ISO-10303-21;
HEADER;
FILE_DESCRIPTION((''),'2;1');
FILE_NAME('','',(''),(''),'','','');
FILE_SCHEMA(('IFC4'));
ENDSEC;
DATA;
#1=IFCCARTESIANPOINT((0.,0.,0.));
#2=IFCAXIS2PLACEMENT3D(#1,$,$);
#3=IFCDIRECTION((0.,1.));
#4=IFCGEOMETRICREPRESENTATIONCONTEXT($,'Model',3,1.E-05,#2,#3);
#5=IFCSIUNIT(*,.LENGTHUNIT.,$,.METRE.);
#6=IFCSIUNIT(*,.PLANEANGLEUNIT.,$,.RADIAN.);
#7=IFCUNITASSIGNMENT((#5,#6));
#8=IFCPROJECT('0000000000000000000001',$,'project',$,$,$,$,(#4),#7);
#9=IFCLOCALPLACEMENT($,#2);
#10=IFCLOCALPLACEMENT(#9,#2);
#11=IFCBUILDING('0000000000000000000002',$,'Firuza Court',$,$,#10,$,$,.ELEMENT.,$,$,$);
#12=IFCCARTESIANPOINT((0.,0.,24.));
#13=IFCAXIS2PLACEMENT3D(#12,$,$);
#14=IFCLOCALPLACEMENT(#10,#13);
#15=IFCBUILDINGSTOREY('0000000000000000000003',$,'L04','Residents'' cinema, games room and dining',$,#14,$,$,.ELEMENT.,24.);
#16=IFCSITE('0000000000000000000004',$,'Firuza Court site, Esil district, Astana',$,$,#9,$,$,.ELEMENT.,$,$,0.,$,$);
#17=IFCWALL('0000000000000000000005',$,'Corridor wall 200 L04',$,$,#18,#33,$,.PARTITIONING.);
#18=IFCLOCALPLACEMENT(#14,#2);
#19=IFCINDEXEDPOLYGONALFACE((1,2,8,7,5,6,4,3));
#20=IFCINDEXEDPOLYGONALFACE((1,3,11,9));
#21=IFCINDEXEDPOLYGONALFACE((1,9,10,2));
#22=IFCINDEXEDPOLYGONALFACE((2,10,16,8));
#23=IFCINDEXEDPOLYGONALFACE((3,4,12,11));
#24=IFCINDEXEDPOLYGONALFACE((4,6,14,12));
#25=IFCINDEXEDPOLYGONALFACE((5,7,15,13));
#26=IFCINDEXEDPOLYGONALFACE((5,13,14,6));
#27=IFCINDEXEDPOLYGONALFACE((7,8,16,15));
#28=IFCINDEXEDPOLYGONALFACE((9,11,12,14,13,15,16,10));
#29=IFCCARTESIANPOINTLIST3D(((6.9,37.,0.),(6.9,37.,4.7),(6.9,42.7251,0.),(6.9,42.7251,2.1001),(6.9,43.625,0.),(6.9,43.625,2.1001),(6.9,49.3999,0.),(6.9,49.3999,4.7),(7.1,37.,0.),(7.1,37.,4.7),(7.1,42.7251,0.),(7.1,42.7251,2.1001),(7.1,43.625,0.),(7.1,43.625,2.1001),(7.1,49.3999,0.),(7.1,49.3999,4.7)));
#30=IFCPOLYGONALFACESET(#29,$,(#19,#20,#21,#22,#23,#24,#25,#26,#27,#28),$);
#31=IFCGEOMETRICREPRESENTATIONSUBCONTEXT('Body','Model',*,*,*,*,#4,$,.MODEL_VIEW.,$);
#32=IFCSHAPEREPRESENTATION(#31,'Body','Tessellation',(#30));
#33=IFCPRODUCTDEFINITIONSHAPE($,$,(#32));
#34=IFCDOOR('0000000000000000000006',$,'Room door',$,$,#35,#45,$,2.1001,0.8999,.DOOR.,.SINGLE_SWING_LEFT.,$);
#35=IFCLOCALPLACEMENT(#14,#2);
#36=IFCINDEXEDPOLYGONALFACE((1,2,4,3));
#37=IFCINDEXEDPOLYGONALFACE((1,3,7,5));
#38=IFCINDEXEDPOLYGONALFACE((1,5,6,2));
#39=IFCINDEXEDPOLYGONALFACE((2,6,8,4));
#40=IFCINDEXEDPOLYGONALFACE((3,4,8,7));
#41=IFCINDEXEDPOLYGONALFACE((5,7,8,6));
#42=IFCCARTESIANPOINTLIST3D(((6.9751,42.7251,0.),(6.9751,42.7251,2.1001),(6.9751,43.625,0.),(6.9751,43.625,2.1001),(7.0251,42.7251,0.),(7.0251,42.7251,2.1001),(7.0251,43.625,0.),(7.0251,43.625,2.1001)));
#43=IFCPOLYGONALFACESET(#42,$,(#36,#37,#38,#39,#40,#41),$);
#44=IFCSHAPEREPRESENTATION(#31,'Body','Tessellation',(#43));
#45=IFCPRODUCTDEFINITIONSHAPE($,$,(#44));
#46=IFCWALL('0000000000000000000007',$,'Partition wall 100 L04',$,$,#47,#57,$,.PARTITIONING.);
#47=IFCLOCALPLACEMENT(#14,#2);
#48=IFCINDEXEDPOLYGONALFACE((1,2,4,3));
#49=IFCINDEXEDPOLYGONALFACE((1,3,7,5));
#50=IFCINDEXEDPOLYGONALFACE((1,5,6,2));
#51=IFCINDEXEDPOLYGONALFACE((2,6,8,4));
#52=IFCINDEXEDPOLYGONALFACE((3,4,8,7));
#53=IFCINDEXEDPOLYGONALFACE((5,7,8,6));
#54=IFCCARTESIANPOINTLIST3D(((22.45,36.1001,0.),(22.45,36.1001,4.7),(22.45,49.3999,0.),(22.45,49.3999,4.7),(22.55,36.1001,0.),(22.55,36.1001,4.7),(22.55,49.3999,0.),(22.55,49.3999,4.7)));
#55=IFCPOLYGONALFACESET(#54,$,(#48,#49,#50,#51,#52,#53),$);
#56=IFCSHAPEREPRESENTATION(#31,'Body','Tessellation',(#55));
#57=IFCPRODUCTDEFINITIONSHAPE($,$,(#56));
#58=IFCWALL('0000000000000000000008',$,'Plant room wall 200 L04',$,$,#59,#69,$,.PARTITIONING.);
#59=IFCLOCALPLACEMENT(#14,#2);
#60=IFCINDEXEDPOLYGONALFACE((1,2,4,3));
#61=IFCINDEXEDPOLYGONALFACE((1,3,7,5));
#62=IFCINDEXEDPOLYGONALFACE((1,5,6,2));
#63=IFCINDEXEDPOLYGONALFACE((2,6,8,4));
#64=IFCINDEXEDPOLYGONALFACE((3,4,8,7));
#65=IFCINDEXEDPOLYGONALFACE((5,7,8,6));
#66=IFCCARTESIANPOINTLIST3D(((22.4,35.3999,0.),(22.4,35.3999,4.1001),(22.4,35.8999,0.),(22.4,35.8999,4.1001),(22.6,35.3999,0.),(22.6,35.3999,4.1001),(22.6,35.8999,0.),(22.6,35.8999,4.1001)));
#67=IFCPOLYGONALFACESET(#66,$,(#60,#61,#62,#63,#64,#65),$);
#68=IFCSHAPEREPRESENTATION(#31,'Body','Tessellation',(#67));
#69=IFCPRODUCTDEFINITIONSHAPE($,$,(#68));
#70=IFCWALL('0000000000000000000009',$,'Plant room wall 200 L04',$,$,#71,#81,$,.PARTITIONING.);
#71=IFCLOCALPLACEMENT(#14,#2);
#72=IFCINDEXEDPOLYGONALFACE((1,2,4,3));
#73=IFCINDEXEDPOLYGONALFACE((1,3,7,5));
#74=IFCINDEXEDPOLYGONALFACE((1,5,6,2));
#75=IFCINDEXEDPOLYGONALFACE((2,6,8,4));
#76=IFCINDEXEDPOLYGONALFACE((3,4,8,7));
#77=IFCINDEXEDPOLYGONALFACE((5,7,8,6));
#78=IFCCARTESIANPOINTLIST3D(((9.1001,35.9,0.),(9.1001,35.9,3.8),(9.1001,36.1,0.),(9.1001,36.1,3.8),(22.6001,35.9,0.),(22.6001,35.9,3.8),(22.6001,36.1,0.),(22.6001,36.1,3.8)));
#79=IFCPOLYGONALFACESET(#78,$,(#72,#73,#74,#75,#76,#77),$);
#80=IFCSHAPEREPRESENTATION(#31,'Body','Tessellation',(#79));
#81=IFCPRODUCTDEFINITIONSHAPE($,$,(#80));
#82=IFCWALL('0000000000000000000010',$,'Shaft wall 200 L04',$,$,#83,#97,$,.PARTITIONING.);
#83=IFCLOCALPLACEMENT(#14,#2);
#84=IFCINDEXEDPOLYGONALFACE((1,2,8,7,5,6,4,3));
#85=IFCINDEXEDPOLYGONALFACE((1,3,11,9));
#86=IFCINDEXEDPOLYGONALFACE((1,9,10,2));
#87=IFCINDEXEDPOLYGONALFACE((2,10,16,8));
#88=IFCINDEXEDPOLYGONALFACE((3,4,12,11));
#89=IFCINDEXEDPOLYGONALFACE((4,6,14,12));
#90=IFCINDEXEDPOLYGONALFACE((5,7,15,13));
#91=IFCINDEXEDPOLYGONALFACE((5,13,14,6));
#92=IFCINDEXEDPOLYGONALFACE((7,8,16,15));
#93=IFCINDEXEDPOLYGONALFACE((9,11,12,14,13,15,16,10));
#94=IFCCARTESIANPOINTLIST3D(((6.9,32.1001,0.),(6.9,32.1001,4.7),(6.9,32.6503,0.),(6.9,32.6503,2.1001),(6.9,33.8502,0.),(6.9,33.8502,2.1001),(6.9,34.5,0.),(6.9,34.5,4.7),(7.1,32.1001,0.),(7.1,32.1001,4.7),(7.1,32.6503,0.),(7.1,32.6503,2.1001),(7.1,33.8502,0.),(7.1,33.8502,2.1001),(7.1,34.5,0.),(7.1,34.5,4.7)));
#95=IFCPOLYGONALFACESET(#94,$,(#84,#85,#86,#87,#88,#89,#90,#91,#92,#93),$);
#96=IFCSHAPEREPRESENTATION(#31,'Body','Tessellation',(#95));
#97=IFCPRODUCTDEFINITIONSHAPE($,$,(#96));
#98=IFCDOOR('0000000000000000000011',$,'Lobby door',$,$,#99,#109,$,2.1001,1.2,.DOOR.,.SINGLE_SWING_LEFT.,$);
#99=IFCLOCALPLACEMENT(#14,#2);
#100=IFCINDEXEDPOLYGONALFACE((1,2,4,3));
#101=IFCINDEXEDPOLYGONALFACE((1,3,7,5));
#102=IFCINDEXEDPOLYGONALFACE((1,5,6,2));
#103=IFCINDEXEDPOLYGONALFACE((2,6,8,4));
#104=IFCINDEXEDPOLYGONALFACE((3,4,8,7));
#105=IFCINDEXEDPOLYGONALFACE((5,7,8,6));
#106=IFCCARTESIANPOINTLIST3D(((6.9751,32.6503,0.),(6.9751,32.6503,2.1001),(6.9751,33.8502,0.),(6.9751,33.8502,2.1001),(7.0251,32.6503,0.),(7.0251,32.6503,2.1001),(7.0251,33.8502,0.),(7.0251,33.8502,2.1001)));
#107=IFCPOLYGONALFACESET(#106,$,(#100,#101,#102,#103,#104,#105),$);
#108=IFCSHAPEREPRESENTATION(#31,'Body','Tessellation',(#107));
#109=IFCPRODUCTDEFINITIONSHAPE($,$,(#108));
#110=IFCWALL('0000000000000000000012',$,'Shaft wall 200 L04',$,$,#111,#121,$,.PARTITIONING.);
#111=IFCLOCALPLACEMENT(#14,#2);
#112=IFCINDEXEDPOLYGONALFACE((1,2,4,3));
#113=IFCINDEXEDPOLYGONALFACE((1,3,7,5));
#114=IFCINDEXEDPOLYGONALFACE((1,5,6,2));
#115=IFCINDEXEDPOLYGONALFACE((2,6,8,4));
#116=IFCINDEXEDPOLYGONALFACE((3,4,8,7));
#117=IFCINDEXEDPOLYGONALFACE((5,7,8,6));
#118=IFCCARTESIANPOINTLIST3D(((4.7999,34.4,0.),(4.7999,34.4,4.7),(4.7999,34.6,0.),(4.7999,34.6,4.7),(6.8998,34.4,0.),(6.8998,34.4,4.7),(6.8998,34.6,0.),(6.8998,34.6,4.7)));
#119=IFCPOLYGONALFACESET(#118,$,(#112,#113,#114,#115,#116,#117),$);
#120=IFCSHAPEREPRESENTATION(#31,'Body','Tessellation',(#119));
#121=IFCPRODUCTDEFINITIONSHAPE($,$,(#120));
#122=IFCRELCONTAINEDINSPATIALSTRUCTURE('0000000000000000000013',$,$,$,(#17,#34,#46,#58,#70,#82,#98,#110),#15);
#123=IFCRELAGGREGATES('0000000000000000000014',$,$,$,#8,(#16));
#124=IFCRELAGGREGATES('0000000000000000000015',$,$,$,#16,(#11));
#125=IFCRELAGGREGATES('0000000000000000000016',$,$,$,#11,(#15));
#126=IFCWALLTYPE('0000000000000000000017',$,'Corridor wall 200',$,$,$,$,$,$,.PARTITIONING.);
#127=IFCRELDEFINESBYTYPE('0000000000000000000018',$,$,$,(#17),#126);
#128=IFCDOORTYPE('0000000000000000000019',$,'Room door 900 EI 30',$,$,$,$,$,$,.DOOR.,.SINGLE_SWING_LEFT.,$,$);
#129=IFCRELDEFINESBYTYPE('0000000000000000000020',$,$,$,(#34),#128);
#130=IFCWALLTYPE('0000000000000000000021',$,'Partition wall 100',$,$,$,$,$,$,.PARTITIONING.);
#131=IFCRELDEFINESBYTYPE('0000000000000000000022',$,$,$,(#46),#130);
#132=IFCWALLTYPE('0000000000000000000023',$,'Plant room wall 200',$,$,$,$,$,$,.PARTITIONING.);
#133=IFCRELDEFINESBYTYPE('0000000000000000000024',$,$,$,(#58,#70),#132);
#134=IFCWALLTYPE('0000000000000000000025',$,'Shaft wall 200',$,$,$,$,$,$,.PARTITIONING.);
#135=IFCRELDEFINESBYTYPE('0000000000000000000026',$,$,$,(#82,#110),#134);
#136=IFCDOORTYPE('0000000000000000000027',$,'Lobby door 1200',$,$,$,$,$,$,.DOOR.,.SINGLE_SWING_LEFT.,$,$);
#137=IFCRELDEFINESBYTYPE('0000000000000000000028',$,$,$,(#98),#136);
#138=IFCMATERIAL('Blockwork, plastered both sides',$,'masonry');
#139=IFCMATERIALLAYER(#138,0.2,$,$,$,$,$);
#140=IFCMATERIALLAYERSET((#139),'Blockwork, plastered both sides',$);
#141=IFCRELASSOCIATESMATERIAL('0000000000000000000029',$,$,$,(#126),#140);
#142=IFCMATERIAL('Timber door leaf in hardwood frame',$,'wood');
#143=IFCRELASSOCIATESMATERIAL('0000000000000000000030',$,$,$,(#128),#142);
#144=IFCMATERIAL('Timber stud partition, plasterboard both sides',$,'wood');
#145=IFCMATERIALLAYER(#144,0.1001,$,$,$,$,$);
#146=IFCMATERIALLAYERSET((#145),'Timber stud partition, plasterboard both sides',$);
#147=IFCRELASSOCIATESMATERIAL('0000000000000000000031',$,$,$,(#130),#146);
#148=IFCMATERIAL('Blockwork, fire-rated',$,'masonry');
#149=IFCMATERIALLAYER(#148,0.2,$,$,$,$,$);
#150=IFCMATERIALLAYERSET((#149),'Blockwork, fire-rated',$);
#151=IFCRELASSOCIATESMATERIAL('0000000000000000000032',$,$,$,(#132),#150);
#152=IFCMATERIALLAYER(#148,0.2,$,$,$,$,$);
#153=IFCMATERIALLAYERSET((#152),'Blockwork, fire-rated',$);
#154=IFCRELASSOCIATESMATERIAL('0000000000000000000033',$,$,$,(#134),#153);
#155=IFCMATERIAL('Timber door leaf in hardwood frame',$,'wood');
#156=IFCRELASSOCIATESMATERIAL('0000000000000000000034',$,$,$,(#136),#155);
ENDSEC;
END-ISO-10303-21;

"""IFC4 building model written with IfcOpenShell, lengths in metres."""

from ifc_helpers import new_model, si_unit, direction, frame, frame_2d, origin, place, context, subcontext, project, spatial, rectangle, extrude, material, layer, layer_set, type_object, element, fill, save


model = new_model("IFC4")

# Units and contexts
model_context = context("Model", 3, precision=1e-05, world=origin(), true_north=direction((0.0, 1.0)))
body_context = subcontext(model_context, "Body", "Model", "MODEL_VIEW")
ifc_project = project(units=[si_unit("LENGTHUNIT", "METRE"), si_unit("PLANEANGLEUNIT", "RADIAN")], contexts=[model_context])

# Site, building, storey
site_placement = place(None, origin())
site = spatial("IfcSite", under=ifc_project, at=site_placement, Name="Firuza Court site, Esil district, Astana", CompositionType="ELEMENT", RefElevation=0.0)
building_placement = place(site_placement, origin())
building = spatial("IfcBuilding", under=site, at=building_placement, Name="Firuza Court", CompositionType="ELEMENT")
storey_placement = place(building_placement, frame((0.0, 0.0, 24.0)))
storey = spatial("IfcBuildingStorey", under=building, at=storey_placement, Name="L04", Description="Residents' cinema, games room and dining", CompositionType="ELEMENT", Elevation=24.0)

# Shared definitions
ifc_material_1 = material(Name="Blockwork, plastered both sides", Category="masonry")
ifc_layer_1 = layer(ifc_material_1, 0.2)
ifc_layer_set_1 = layer_set([ifc_layer_1], Name="Blockwork, plastered both sides")
wall_type_1 = type_object("IfcWallType", Name="Corridor wall 200", PredefinedType="PARTITIONING", material=ifc_layer_set_1)

# Wall, opening, door
wall_1_placement = place(storey_placement, frame((7.0, 49.3999, 0.0), z_axis=(0.0, 0.0, 1.0), x_axis=(0.0, -1.0, 0.0)))
wall_1 = element("IfcWall", 1, at=wall_1_placement, inside=storey, type_object=wall_type_1, Name="Corridor wall 200 L04", PredefinedType="PARTITIONING", context=body_context, shape_type="SweptSolid", body=[
    extrude(rectangle(XDim=12.3999, YDim=0.2, at=frame_2d((6.2, 0.0))), origin(), (0.0, 0.0, 1.0), 4.7),
])
opening_1_placement = place(wall_1_placement, frame((5.7749, 0.0, 0.0)))
opening_1 = element("IfcOpeningElement", 2, at=opening_1_placement, cuts=wall_1, PredefinedType="OPENING", context=body_context, shape_type="SweptSolid", body=[
    extrude(rectangle(XDim=0.8999, YDim=2.1001, at=frame_2d((0.45, 1.05))), frame((0.0, 0.1118, 0.0), z_axis=(0.0, -1.0, 0.0), x_axis=(1.0, 0.0, 0.0)), (0.0, 0.0, 1.0), 0.2239),
])
ifc_material_2 = material(Name="Timber door leaf in hardwood frame", Category="wood")
door_type_1 = type_object("IfcDoorType", Name="Room door 900 EI 30", OperationType="SINGLE_SWING_LEFT", PredefinedType="DOOR", material=ifc_material_2)
door_1_placement = place(opening_1_placement, frame((0.8999, 0.0, 0.0), z_axis=(0.0, 0.0, 1.0), x_axis=(-1.0, 0.0, 0.0)))
door_1 = element("IfcDoor", 3, at=door_1_placement, inside=storey, type_object=door_type_1, Name="Room door", OperationType="SINGLE_SWING_LEFT", OverallHeight=2.1001, OverallWidth=0.8999, PredefinedType="DOOR", context=body_context, shape_type="SweptSolid", body=[
    extrude(rectangle(XDim=0.8999, YDim=2.1001, at=frame_2d((0.45, 1.05))), frame((0.0, 0.0249, 0.0), z_axis=(0.0, -1.0, 0.0), x_axis=(1.0, 0.0, 0.0)), (0.0, 0.0, 1.0), 0.05),
])
fill(opening_1, door_1)

# Walls
ifc_material_3 = material(Name="Timber stud partition, plasterboard both sides", Category="wood")
ifc_layer_2 = layer(ifc_material_3, 0.1001)
ifc_layer_set_2 = layer_set([ifc_layer_2], Name="Timber stud partition, plasterboard both sides")
wall_type_2 = type_object("IfcWallType", Name="Partition wall 100", PredefinedType="PARTITIONING", material=ifc_layer_set_2)
wall_2_placement = place(storey_placement, frame((22.5, 36.1001, 0.0), z_axis=(0.0, 0.0, 1.0), x_axis=(0.0, 1.0, 0.0)))
element("IfcWall", 4, at=wall_2_placement, inside=storey, type_object=wall_type_2, Name="Partition wall 100 L04", PredefinedType="PARTITIONING", context=body_context, shape_type="SweptSolid", body=[
    extrude(rectangle(XDim=13.2998, YDim=0.1001, at=frame_2d((6.6499, 0.0))), origin(), (0.0, 0.0, 1.0), 4.7),
])
ifc_material_4 = material(Name="Blockwork, fire-rated", Category="masonry")
ifc_layer_3 = layer(ifc_material_4, 0.2)
ifc_layer_set_3 = layer_set([ifc_layer_3], Name="Blockwork, fire-rated")
wall_type_3 = type_object("IfcWallType", Name="Plant room wall 200", PredefinedType="PARTITIONING", material=ifc_layer_set_3)
wall_3_placement = place(storey_placement, frame((22.5, 35.3999, 0.0), z_axis=(0.0, 0.0, 1.0), x_axis=(0.0, 1.0, 0.0)))
element("IfcWall", 5, at=wall_3_placement, inside=storey, type_object=wall_type_3, Name="Plant room wall 200 L04", PredefinedType="PARTITIONING", context=body_context, shape_type="SweptSolid", body=[
    extrude(rectangle(XDim=0.5, YDim=0.2, at=frame_2d((0.25, 0.0))), origin(), (0.0, 0.0, 1.0), 4.1001),
])
wall_4_placement = place(storey_placement, frame((22.6001, 36.0, 0.0), z_axis=(0.0, 0.0, 1.0), x_axis=(-1.0, 0.0, 0.0)))
element("IfcWall", 6, at=wall_4_placement, inside=storey, type_object=wall_type_3, Name="Plant room wall 200 L04", PredefinedType="PARTITIONING", context=body_context, shape_type="SweptSolid", body=[
    extrude(rectangle(XDim=13.5, YDim=0.2, at=frame_2d((6.75, 0.0))), origin(), (0.0, 0.0, 1.0), 3.8),
])
ifc_layer_4 = layer(ifc_material_4, 0.2)
ifc_layer_set_4 = layer_set([ifc_layer_4], Name="Blockwork, fire-rated")
wall_type_4 = type_object("IfcWallType", Name="Shaft wall 200", PredefinedType="PARTITIONING", material=ifc_layer_set_4)

# Wall, opening, door
wall_5_placement = place(storey_placement, frame((7.0, 32.1001, 0.0), z_axis=(0.0, 0.0, 1.0), x_axis=(0.0, 1.0, 0.0)))
wall_5 = element("IfcWall", 7, at=wall_5_placement, inside=storey, type_object=wall_type_4, Name="Shaft wall 200 L04", PredefinedType="PARTITIONING", context=body_context, shape_type="SweptSolid", body=[
    extrude(rectangle(XDim=2.3999, YDim=0.2, at=frame_2d((1.2, 0.0))), origin(), (0.0, 0.0, 1.0), 4.7),
])
opening_2_placement = place(wall_5_placement, frame((0.55, 0.0, 0.0)))
opening_2 = element("IfcOpeningElement", 8, at=opening_2_placement, cuts=wall_5, PredefinedType="OPENING", context=body_context, shape_type="SweptSolid", body=[
    extrude(rectangle(XDim=1.2, YDim=2.1001, at=frame_2d((0.6001, 1.05))), frame((0.0, 0.1118, 0.0), z_axis=(0.0, -1.0, 0.0), x_axis=(1.0, 0.0, 0.0)), (0.0, 0.0, 1.0), 0.2239),
])
ifc_material_5 = material(Name="Timber door leaf in hardwood frame", Category="wood")
door_type_2 = type_object("IfcDoorType", Name="Lobby door 1200", OperationType="SINGLE_SWING_LEFT", PredefinedType="DOOR", material=ifc_material_5)
door_2_placement = place(opening_2_placement, origin())
door_2 = element("IfcDoor", 9, at=door_2_placement, inside=storey, type_object=door_type_2, Name="Lobby door", OperationType="SINGLE_SWING_LEFT", OverallHeight=2.1001, OverallWidth=1.2, PredefinedType="DOOR", context=body_context, shape_type="SweptSolid", body=[
    extrude(rectangle(XDim=1.2, YDim=2.1001, at=frame_2d((0.6001, 1.05))), frame((0.0, 0.0249, 0.0), z_axis=(0.0, -1.0, 0.0), x_axis=(1.0, 0.0, 0.0)), (0.0, 0.0, 1.0), 0.05),
])
fill(opening_2, door_2)

# Wall
wall_6_placement = place(storey_placement, frame((4.8, 34.5, 0.0), z_axis=(0.0, 0.0, 1.0), x_axis=(1.0, 0.0, 0.0)))
element("IfcWall", 10, at=wall_6_placement, inside=storey, type_object=wall_type_4, Name="Shaft wall 200 L04", PredefinedType="PARTITIONING", context=body_context, shape_type="SweptSolid", body=[
    extrude(rectangle(XDim=2.0999, YDim=0.2, at=frame_2d((1.0498, 0.0))), origin(), (0.0, 0.0, 1.0), 4.7),
])

save(model, "model.ifc")
